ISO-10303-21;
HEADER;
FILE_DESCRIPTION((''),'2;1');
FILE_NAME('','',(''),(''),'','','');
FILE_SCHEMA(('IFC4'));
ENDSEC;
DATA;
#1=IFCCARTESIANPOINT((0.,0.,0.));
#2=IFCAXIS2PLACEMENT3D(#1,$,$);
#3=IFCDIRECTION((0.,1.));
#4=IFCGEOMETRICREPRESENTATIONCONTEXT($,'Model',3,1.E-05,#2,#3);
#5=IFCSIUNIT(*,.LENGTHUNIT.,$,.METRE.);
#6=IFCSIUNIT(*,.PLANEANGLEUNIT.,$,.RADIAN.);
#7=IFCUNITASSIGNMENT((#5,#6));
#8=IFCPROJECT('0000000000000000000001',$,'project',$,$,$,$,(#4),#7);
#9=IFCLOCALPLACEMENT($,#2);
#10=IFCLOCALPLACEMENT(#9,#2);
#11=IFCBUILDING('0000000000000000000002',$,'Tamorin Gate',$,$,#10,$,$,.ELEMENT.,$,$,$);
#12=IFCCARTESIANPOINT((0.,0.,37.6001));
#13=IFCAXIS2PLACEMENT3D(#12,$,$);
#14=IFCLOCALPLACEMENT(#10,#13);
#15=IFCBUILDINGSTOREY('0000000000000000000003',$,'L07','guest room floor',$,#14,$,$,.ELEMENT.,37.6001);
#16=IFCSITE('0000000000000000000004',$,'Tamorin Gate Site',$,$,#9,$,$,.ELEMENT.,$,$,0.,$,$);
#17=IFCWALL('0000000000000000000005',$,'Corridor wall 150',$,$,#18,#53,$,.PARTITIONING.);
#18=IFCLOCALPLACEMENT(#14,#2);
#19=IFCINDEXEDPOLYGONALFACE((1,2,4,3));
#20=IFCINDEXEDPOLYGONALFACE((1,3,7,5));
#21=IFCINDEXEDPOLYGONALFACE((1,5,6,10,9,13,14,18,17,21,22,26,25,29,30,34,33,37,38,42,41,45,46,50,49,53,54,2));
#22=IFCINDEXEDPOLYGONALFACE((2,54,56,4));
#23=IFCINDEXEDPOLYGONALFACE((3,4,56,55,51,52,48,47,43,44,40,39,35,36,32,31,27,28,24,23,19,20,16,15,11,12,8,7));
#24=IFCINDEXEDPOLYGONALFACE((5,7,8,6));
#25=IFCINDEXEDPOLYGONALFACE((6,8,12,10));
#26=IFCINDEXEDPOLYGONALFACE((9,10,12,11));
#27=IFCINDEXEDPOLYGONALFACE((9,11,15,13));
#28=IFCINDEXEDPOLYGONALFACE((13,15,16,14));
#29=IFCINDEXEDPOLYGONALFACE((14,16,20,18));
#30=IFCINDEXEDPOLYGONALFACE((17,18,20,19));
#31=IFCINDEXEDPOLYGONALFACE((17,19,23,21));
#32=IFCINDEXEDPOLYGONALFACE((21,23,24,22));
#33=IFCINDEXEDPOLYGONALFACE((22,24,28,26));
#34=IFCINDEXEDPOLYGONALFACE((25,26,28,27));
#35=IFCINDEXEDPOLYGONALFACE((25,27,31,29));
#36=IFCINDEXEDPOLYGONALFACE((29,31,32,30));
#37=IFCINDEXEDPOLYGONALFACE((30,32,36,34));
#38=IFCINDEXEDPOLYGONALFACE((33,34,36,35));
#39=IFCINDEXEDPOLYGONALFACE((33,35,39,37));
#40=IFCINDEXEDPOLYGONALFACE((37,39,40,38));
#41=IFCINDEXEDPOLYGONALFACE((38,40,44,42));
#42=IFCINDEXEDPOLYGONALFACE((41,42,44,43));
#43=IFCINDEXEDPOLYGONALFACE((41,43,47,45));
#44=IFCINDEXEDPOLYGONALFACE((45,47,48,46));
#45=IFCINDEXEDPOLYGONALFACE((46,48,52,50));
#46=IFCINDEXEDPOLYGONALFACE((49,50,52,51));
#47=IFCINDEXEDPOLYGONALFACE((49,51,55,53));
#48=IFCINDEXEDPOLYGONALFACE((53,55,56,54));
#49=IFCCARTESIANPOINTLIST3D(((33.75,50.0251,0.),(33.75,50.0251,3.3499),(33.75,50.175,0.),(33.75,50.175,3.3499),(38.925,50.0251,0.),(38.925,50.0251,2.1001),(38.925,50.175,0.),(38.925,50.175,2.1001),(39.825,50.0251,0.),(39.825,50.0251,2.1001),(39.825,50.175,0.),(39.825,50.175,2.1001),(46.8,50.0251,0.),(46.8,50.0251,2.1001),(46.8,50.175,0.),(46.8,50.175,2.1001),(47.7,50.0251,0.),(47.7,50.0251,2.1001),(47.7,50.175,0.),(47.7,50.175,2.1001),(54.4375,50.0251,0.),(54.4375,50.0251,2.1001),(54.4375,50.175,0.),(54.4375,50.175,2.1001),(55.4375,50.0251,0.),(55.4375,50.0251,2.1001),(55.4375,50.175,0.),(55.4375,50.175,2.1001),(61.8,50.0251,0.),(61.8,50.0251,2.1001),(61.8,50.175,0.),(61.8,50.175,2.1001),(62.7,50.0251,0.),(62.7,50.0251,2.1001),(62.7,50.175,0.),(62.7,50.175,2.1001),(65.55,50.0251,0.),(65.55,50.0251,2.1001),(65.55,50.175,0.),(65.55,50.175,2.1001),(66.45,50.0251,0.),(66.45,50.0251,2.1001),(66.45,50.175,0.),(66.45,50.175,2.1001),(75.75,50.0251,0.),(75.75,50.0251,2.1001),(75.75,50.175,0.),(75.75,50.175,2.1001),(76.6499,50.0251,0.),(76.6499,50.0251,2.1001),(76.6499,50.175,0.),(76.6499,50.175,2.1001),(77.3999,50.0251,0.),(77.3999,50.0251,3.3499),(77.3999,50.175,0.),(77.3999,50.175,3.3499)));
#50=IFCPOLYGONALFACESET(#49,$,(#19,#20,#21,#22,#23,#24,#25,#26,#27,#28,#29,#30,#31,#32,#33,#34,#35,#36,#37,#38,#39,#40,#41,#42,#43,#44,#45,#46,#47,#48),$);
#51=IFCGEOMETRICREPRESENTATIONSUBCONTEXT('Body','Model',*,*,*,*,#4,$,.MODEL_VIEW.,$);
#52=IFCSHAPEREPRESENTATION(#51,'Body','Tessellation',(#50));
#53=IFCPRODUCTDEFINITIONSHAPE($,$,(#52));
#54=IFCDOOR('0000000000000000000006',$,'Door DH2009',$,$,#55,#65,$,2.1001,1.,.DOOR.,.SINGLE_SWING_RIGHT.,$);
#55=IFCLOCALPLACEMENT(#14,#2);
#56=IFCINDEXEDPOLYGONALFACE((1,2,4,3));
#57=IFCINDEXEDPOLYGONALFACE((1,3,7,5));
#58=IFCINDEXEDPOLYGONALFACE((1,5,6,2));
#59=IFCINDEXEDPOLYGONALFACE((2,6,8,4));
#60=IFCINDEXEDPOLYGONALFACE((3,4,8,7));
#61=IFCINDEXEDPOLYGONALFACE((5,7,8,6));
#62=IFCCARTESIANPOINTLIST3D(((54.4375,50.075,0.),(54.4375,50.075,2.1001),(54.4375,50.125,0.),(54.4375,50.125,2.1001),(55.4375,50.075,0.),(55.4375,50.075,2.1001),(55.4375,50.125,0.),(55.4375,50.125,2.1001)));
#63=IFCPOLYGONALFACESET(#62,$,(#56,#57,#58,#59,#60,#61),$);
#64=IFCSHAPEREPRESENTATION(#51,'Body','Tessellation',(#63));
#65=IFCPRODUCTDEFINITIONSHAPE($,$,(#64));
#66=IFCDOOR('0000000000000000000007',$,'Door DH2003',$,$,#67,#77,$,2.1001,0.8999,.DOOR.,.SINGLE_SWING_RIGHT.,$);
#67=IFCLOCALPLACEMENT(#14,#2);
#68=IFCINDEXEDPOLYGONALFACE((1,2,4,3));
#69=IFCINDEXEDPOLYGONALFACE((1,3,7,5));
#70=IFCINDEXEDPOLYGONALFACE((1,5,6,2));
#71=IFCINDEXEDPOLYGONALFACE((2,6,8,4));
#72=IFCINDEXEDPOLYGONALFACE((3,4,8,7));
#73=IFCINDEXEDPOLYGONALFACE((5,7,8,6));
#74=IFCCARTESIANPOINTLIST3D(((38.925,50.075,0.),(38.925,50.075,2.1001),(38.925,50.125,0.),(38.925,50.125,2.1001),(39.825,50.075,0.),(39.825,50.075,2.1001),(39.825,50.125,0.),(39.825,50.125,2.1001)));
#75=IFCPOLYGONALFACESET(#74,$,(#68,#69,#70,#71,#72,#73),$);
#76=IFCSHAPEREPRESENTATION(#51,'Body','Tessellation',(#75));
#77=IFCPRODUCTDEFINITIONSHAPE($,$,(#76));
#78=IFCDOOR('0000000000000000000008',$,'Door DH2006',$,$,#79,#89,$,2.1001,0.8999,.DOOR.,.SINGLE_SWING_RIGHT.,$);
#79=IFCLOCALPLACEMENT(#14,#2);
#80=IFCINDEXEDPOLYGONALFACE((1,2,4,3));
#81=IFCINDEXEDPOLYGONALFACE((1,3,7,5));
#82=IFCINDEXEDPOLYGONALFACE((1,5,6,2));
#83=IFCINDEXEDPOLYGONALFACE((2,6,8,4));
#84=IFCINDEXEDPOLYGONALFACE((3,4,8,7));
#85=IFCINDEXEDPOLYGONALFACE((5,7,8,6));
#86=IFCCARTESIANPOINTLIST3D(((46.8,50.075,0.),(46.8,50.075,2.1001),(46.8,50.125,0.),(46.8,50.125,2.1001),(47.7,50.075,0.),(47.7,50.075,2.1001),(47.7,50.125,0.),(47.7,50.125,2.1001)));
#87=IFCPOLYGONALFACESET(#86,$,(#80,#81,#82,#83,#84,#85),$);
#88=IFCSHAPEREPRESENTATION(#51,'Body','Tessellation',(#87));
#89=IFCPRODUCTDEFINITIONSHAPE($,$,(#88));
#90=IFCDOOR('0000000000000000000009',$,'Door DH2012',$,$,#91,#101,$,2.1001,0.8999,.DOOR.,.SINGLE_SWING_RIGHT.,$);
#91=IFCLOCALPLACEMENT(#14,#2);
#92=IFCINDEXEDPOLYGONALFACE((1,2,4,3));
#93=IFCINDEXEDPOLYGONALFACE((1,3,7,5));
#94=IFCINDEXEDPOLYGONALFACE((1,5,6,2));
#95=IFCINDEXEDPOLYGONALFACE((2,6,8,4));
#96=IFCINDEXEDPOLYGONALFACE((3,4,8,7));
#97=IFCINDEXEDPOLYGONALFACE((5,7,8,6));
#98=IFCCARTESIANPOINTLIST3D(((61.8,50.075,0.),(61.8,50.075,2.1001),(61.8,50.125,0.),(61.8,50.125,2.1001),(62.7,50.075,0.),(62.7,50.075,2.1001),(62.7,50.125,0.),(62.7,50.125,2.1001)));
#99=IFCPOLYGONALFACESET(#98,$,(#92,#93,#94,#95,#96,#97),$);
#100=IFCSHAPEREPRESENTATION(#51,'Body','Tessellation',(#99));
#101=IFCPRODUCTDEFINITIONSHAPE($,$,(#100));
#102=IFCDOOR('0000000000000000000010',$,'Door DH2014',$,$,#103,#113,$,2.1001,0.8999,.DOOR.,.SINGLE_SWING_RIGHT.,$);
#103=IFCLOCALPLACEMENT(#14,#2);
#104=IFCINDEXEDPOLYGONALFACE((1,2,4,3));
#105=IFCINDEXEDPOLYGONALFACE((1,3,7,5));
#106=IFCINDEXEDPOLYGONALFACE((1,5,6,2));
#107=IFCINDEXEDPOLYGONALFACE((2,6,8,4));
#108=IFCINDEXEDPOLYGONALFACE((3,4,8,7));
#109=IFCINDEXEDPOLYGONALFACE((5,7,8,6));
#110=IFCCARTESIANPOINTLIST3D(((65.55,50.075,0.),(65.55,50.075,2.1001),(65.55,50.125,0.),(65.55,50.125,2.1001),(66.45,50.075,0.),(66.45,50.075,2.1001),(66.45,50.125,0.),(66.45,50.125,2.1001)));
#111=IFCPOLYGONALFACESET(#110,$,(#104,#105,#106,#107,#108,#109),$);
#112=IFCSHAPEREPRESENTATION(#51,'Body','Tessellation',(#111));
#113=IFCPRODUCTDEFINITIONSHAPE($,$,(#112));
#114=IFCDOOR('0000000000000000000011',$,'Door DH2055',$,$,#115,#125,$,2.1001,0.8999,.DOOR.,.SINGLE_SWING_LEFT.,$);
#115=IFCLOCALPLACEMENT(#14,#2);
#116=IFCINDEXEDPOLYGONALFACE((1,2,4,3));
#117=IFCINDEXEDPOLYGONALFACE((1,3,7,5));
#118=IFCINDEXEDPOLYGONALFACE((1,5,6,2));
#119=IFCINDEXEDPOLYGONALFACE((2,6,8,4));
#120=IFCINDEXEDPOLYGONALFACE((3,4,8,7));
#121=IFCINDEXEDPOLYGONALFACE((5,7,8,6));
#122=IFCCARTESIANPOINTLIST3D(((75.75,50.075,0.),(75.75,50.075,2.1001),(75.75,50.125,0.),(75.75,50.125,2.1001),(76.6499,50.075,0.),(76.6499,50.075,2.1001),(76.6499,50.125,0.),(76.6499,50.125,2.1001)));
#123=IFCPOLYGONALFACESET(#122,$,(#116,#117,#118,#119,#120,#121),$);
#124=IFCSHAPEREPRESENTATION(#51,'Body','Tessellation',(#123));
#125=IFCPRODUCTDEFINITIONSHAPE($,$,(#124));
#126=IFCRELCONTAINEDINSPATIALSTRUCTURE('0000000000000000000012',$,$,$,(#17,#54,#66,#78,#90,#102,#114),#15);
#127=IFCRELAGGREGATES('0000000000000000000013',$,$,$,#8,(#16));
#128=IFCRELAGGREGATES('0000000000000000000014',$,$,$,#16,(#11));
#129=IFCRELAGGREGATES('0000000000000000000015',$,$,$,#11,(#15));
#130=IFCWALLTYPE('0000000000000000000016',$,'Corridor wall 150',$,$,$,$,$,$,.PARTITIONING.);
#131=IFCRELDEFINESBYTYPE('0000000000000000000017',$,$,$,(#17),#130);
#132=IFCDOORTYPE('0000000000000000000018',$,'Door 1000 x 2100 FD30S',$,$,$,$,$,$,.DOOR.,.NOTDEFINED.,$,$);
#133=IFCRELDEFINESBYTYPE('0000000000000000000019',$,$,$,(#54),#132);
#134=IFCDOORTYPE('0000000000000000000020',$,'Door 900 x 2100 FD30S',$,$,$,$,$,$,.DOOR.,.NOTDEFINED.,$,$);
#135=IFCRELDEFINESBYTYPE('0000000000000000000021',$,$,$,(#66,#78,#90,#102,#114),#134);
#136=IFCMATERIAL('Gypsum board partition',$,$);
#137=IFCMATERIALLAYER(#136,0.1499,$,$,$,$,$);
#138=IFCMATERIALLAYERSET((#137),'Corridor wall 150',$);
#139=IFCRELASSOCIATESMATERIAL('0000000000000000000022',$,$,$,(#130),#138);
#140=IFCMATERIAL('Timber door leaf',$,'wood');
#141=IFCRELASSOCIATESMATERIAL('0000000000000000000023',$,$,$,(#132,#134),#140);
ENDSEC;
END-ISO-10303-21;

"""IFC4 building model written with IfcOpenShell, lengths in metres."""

from ifc_helpers import new_model, si_unit, direction, frame, frame_2d, origin, place, context, subcontext, project, spatial, rectangle, extrude, material, layer, layer_set, type_object, element, fill, save


model = new_model("IFC4")

# Units and contexts
model_context = context("Model", 3, precision=1e-05, world=origin(), true_north=direction((0.0, 1.0)))
body_context = subcontext(model_context, "Body", "Model", "MODEL_VIEW")
ifc_project = project(units=[si_unit("LENGTHUNIT", "METRE"), si_unit("PLANEANGLEUNIT", "RADIAN")], contexts=[model_context])

# Site, building, storey
site_placement = place(None, origin())
site = spatial("IfcSite", under=ifc_project, at=site_placement, Name="Tamorin Gate Site", CompositionType="ELEMENT", RefElevation=0.0)
building_placement = place(site_placement, origin())
building = spatial("IfcBuilding", under=site, at=building_placement, Name="Tamorin Gate", CompositionType="ELEMENT")
storey_placement = place(building_placement, frame((0.0, 0.0, 37.6001)))
storey = spatial("IfcBuildingStorey", under=building, at=storey_placement, Name="L07", Description="guest room floor", CompositionType="ELEMENT", Elevation=37.6001)

# Wall, openings, doors
ifc_material_1 = material(Name="Gypsum board partition")
ifc_layer_1 = layer(ifc_material_1, 0.1499)
ifc_layer_set_1 = layer_set([ifc_layer_1], Name="Corridor wall 150")
wall_type_1 = type_object("IfcWallType", Name="Corridor wall 150", PredefinedType="PARTITIONING", material=ifc_layer_set_1)
wall_1_placement = place(storey_placement, frame((33.75, 50.1001, 0.0), z_axis=(0.0, 0.0, 1.0), x_axis=(1.0, 0.0, 0.0)))
wall_1 = element("IfcWall", 1, at=wall_1_placement, inside=storey, type_object=wall_type_1, Name="Corridor wall 150", PredefinedType="PARTITIONING", context=body_context, shape_type="SweptSolid", body=[
    extrude(rectangle(XDim=43.6499, YDim=0.1499, at=frame_2d((21.825, 0.0))), origin(), (0.0, 0.0, 1.0), 3.3499),
])
opening_1_placement = place(wall_1_placement, frame((5.175, 0.0, 0.0)))
opening_1 = element("IfcOpeningElement", 2, at=opening_1_placement, cuts=wall_1, PredefinedType="OPENING", context=body_context, shape_type="SweptSolid", body=[
    extrude(rectangle(XDim=0.8999, YDim=2.1001, at=frame_2d((0.45, 1.05))), frame((0.0, 0.085, 0.0), z_axis=(0.0, -1.0, 0.0), x_axis=(1.0, 0.0, 0.0)), (0.0, 0.0, 1.0), 0.1699),
])
opening_2_placement = place(wall_1_placement, frame((13.05, 0.0, 0.0)))
opening_2 = element("IfcOpeningElement", 3, at=opening_2_placement, cuts=wall_1, PredefinedType="OPENING", context=body_context, shape_type="SweptSolid", body=[
    extrude(rectangle(XDim=0.8999, YDim=2.1001, at=frame_2d((0.45, 1.05))), frame((0.0, 0.085, 0.0), z_axis=(0.0, -1.0, 0.0), x_axis=(1.0, 0.0, 0.0)), (0.0, 0.0, 1.0), 0.1699),
])
opening_3_placement = place(wall_1_placement, frame((20.6875, 0.0, 0.0)))
opening_3 = element("IfcOpeningElement", 4, at=opening_3_placement, cuts=wall_1, PredefinedType="OPENING", context=body_context, shape_type="SweptSolid", body=[
    extrude(rectangle(XDim=1.0, YDim=2.1001, at=frame_2d((0.5, 1.05))), frame((0.0, 0.085, 0.0), z_axis=(0.0, -1.0, 0.0), x_axis=(1.0, 0.0, 0.0)), (0.0, 0.0, 1.0), 0.1699),
])
opening_4_placement = place(wall_1_placement, frame((28.05, 0.0, 0.0)))
opening_4 = element("IfcOpeningElement", 5, at=opening_4_placement, cuts=wall_1, PredefinedType="OPENING", context=body_context, shape_type="SweptSolid", body=[
    extrude(rectangle(XDim=0.8999, YDim=2.1001, at=frame_2d((0.45, 1.05))), frame((0.0, 0.085, 0.0), z_axis=(0.0, -1.0, 0.0), x_axis=(1.0, 0.0, 0.0)), (0.0, 0.0, 1.0), 0.1699),
])
opening_5_placement = place(wall_1_placement, frame((31.8, 0.0, 0.0)))
opening_5 = element("IfcOpeningElement", 6, at=opening_5_placement, cuts=wall_1, PredefinedType="OPENING", context=body_context, shape_type="SweptSolid", body=[
    extrude(rectangle(XDim=0.8999, YDim=2.1001, at=frame_2d((0.45, 1.05))), frame((0.0, 0.085, 0.0), z_axis=(0.0, -1.0, 0.0), x_axis=(1.0, 0.0, 0.0)), (0.0, 0.0, 1.0), 0.1699),
])
opening_6_placement = place(wall_1_placement, frame((42.0, 0.0, 0.0)))
opening_6 = element("IfcOpeningElement", 7, at=opening_6_placement, cuts=wall_1, PredefinedType="OPENING", context=body_context, shape_type="SweptSolid", body=[
    extrude(rectangle(XDim=0.8999, YDim=2.1001, at=frame_2d((0.45, 1.05))), frame((0.0, 0.085, 0.0), z_axis=(0.0, -1.0, 0.0), x_axis=(1.0, 0.0, 0.0)), (0.0, 0.0, 1.0), 0.1699),
])
ifc_material_2 = material(Name="Timber door leaf", Category="wood")
door_type_1 = type_object("IfcDoorType", Name="Door 1000 x 2100 FD30S", OperationType="NOTDEFINED", PredefinedType="DOOR", material=ifc_material_2)
door_1_placement = place(opening_3_placement, origin())
door_1 = element("IfcDoor", 8, at=door_1_placement, inside=storey, type_object=door_type_1, Name="Door DH2009", OperationType="SINGLE_SWING_RIGHT", OverallHeight=2.1001, OverallWidth=1.0, PredefinedType="DOOR", context=body_context, shape_type="SweptSolid", body=[
    extrude(rectangle(XDim=1.0, YDim=2.1001, at=frame_2d((0.5, 1.05))), frame((0.0, 0.0249, 0.0), z_axis=(0.0, -1.0, 0.0), x_axis=(1.0, 0.0, 0.0)), (0.0, 0.0, 1.0), 0.05),
])
fill(opening_3, door_1)
door_type_2 = type_object("IfcDoorType", Name="Door 900 x 2100 FD30S", OperationType="NOTDEFINED", PredefinedType="DOOR", material=ifc_material_2)
door_2_placement = place(opening_1_placement, origin())
door_2 = element("IfcDoor", 9, at=door_2_placement, inside=storey, type_object=door_type_2, Name="Door DH2003", OperationType="SINGLE_SWING_RIGHT", OverallHeight=2.1001, OverallWidth=0.8999, PredefinedType="DOOR", context=body_context, shape_type="SweptSolid", body=[
    extrude(rectangle(XDim=0.8999, YDim=2.1001, at=frame_2d((0.45, 1.05))), frame((0.0, 0.0249, 0.0), z_axis=(0.0, -1.0, 0.0), x_axis=(1.0, 0.0, 0.0)), (0.0, 0.0, 1.0), 0.05),
])
fill(opening_1, door_2)
door_3_placement = place(opening_2_placement, origin())
door_3 = element("IfcDoor", 10, at=door_3_placement, inside=storey, type_object=door_type_2, Name="Door DH2006", OperationType="SINGLE_SWING_RIGHT", OverallHeight=2.1001, OverallWidth=0.8999, PredefinedType="DOOR", context=body_context, shape_type="SweptSolid", body=[
    extrude(rectangle(XDim=0.8999, YDim=2.1001, at=frame_2d((0.45, 1.05))), frame((0.0, 0.0249, 0.0), z_axis=(0.0, -1.0, 0.0), x_axis=(1.0, 0.0, 0.0)), (0.0, 0.0, 1.0), 0.05),
])
fill(opening_2, door_3)
door_4_placement = place(opening_4_placement, origin())
door_4 = element("IfcDoor", 11, at=door_4_placement, inside=storey, type_object=door_type_2, Name="Door DH2012", OperationType="SINGLE_SWING_RIGHT", OverallHeight=2.1001, OverallWidth=0.8999, PredefinedType="DOOR", context=body_context, shape_type="SweptSolid", body=[
    extrude(rectangle(XDim=0.8999, YDim=2.1001, at=frame_2d((0.45, 1.05))), frame((0.0, 0.0249, 0.0), z_axis=(0.0, -1.0, 0.0), x_axis=(1.0, 0.0, 0.0)), (0.0, 0.0, 1.0), 0.05),
])
fill(opening_4, door_4)
door_5_placement = place(opening_5_placement, origin())
door_5 = element("IfcDoor", 12, at=door_5_placement, inside=storey, type_object=door_type_2, Name="Door DH2014", OperationType="SINGLE_SWING_RIGHT", OverallHeight=2.1001, OverallWidth=0.8999, PredefinedType="DOOR", context=body_context, shape_type="SweptSolid", body=[
    extrude(rectangle(XDim=0.8999, YDim=2.1001, at=frame_2d((0.45, 1.05))), frame((0.0, 0.0249, 0.0), z_axis=(0.0, -1.0, 0.0), x_axis=(1.0, 0.0, 0.0)), (0.0, 0.0, 1.0), 0.05),
])
fill(opening_5, door_5)
door_6_placement = place(opening_6_placement, origin())
door_6 = element("IfcDoor", 13, at=door_6_placement, inside=storey, type_object=door_type_2, Name="Door DH2055", OperationType="SINGLE_SWING_LEFT", OverallHeight=2.1001, OverallWidth=0.8999, PredefinedType="DOOR", context=body_context, shape_type="SweptSolid", body=[
    extrude(rectangle(XDim=0.8999, YDim=2.1001, at=frame_2d((0.45, 1.05))), frame((0.0, 0.0249, 0.0), z_axis=(0.0, -1.0, 0.0), x_axis=(1.0, 0.0, 0.0)), (0.0, 0.0, 1.0), 0.05),
])
fill(opening_6, door_6)

save(model, "model.ifc")
